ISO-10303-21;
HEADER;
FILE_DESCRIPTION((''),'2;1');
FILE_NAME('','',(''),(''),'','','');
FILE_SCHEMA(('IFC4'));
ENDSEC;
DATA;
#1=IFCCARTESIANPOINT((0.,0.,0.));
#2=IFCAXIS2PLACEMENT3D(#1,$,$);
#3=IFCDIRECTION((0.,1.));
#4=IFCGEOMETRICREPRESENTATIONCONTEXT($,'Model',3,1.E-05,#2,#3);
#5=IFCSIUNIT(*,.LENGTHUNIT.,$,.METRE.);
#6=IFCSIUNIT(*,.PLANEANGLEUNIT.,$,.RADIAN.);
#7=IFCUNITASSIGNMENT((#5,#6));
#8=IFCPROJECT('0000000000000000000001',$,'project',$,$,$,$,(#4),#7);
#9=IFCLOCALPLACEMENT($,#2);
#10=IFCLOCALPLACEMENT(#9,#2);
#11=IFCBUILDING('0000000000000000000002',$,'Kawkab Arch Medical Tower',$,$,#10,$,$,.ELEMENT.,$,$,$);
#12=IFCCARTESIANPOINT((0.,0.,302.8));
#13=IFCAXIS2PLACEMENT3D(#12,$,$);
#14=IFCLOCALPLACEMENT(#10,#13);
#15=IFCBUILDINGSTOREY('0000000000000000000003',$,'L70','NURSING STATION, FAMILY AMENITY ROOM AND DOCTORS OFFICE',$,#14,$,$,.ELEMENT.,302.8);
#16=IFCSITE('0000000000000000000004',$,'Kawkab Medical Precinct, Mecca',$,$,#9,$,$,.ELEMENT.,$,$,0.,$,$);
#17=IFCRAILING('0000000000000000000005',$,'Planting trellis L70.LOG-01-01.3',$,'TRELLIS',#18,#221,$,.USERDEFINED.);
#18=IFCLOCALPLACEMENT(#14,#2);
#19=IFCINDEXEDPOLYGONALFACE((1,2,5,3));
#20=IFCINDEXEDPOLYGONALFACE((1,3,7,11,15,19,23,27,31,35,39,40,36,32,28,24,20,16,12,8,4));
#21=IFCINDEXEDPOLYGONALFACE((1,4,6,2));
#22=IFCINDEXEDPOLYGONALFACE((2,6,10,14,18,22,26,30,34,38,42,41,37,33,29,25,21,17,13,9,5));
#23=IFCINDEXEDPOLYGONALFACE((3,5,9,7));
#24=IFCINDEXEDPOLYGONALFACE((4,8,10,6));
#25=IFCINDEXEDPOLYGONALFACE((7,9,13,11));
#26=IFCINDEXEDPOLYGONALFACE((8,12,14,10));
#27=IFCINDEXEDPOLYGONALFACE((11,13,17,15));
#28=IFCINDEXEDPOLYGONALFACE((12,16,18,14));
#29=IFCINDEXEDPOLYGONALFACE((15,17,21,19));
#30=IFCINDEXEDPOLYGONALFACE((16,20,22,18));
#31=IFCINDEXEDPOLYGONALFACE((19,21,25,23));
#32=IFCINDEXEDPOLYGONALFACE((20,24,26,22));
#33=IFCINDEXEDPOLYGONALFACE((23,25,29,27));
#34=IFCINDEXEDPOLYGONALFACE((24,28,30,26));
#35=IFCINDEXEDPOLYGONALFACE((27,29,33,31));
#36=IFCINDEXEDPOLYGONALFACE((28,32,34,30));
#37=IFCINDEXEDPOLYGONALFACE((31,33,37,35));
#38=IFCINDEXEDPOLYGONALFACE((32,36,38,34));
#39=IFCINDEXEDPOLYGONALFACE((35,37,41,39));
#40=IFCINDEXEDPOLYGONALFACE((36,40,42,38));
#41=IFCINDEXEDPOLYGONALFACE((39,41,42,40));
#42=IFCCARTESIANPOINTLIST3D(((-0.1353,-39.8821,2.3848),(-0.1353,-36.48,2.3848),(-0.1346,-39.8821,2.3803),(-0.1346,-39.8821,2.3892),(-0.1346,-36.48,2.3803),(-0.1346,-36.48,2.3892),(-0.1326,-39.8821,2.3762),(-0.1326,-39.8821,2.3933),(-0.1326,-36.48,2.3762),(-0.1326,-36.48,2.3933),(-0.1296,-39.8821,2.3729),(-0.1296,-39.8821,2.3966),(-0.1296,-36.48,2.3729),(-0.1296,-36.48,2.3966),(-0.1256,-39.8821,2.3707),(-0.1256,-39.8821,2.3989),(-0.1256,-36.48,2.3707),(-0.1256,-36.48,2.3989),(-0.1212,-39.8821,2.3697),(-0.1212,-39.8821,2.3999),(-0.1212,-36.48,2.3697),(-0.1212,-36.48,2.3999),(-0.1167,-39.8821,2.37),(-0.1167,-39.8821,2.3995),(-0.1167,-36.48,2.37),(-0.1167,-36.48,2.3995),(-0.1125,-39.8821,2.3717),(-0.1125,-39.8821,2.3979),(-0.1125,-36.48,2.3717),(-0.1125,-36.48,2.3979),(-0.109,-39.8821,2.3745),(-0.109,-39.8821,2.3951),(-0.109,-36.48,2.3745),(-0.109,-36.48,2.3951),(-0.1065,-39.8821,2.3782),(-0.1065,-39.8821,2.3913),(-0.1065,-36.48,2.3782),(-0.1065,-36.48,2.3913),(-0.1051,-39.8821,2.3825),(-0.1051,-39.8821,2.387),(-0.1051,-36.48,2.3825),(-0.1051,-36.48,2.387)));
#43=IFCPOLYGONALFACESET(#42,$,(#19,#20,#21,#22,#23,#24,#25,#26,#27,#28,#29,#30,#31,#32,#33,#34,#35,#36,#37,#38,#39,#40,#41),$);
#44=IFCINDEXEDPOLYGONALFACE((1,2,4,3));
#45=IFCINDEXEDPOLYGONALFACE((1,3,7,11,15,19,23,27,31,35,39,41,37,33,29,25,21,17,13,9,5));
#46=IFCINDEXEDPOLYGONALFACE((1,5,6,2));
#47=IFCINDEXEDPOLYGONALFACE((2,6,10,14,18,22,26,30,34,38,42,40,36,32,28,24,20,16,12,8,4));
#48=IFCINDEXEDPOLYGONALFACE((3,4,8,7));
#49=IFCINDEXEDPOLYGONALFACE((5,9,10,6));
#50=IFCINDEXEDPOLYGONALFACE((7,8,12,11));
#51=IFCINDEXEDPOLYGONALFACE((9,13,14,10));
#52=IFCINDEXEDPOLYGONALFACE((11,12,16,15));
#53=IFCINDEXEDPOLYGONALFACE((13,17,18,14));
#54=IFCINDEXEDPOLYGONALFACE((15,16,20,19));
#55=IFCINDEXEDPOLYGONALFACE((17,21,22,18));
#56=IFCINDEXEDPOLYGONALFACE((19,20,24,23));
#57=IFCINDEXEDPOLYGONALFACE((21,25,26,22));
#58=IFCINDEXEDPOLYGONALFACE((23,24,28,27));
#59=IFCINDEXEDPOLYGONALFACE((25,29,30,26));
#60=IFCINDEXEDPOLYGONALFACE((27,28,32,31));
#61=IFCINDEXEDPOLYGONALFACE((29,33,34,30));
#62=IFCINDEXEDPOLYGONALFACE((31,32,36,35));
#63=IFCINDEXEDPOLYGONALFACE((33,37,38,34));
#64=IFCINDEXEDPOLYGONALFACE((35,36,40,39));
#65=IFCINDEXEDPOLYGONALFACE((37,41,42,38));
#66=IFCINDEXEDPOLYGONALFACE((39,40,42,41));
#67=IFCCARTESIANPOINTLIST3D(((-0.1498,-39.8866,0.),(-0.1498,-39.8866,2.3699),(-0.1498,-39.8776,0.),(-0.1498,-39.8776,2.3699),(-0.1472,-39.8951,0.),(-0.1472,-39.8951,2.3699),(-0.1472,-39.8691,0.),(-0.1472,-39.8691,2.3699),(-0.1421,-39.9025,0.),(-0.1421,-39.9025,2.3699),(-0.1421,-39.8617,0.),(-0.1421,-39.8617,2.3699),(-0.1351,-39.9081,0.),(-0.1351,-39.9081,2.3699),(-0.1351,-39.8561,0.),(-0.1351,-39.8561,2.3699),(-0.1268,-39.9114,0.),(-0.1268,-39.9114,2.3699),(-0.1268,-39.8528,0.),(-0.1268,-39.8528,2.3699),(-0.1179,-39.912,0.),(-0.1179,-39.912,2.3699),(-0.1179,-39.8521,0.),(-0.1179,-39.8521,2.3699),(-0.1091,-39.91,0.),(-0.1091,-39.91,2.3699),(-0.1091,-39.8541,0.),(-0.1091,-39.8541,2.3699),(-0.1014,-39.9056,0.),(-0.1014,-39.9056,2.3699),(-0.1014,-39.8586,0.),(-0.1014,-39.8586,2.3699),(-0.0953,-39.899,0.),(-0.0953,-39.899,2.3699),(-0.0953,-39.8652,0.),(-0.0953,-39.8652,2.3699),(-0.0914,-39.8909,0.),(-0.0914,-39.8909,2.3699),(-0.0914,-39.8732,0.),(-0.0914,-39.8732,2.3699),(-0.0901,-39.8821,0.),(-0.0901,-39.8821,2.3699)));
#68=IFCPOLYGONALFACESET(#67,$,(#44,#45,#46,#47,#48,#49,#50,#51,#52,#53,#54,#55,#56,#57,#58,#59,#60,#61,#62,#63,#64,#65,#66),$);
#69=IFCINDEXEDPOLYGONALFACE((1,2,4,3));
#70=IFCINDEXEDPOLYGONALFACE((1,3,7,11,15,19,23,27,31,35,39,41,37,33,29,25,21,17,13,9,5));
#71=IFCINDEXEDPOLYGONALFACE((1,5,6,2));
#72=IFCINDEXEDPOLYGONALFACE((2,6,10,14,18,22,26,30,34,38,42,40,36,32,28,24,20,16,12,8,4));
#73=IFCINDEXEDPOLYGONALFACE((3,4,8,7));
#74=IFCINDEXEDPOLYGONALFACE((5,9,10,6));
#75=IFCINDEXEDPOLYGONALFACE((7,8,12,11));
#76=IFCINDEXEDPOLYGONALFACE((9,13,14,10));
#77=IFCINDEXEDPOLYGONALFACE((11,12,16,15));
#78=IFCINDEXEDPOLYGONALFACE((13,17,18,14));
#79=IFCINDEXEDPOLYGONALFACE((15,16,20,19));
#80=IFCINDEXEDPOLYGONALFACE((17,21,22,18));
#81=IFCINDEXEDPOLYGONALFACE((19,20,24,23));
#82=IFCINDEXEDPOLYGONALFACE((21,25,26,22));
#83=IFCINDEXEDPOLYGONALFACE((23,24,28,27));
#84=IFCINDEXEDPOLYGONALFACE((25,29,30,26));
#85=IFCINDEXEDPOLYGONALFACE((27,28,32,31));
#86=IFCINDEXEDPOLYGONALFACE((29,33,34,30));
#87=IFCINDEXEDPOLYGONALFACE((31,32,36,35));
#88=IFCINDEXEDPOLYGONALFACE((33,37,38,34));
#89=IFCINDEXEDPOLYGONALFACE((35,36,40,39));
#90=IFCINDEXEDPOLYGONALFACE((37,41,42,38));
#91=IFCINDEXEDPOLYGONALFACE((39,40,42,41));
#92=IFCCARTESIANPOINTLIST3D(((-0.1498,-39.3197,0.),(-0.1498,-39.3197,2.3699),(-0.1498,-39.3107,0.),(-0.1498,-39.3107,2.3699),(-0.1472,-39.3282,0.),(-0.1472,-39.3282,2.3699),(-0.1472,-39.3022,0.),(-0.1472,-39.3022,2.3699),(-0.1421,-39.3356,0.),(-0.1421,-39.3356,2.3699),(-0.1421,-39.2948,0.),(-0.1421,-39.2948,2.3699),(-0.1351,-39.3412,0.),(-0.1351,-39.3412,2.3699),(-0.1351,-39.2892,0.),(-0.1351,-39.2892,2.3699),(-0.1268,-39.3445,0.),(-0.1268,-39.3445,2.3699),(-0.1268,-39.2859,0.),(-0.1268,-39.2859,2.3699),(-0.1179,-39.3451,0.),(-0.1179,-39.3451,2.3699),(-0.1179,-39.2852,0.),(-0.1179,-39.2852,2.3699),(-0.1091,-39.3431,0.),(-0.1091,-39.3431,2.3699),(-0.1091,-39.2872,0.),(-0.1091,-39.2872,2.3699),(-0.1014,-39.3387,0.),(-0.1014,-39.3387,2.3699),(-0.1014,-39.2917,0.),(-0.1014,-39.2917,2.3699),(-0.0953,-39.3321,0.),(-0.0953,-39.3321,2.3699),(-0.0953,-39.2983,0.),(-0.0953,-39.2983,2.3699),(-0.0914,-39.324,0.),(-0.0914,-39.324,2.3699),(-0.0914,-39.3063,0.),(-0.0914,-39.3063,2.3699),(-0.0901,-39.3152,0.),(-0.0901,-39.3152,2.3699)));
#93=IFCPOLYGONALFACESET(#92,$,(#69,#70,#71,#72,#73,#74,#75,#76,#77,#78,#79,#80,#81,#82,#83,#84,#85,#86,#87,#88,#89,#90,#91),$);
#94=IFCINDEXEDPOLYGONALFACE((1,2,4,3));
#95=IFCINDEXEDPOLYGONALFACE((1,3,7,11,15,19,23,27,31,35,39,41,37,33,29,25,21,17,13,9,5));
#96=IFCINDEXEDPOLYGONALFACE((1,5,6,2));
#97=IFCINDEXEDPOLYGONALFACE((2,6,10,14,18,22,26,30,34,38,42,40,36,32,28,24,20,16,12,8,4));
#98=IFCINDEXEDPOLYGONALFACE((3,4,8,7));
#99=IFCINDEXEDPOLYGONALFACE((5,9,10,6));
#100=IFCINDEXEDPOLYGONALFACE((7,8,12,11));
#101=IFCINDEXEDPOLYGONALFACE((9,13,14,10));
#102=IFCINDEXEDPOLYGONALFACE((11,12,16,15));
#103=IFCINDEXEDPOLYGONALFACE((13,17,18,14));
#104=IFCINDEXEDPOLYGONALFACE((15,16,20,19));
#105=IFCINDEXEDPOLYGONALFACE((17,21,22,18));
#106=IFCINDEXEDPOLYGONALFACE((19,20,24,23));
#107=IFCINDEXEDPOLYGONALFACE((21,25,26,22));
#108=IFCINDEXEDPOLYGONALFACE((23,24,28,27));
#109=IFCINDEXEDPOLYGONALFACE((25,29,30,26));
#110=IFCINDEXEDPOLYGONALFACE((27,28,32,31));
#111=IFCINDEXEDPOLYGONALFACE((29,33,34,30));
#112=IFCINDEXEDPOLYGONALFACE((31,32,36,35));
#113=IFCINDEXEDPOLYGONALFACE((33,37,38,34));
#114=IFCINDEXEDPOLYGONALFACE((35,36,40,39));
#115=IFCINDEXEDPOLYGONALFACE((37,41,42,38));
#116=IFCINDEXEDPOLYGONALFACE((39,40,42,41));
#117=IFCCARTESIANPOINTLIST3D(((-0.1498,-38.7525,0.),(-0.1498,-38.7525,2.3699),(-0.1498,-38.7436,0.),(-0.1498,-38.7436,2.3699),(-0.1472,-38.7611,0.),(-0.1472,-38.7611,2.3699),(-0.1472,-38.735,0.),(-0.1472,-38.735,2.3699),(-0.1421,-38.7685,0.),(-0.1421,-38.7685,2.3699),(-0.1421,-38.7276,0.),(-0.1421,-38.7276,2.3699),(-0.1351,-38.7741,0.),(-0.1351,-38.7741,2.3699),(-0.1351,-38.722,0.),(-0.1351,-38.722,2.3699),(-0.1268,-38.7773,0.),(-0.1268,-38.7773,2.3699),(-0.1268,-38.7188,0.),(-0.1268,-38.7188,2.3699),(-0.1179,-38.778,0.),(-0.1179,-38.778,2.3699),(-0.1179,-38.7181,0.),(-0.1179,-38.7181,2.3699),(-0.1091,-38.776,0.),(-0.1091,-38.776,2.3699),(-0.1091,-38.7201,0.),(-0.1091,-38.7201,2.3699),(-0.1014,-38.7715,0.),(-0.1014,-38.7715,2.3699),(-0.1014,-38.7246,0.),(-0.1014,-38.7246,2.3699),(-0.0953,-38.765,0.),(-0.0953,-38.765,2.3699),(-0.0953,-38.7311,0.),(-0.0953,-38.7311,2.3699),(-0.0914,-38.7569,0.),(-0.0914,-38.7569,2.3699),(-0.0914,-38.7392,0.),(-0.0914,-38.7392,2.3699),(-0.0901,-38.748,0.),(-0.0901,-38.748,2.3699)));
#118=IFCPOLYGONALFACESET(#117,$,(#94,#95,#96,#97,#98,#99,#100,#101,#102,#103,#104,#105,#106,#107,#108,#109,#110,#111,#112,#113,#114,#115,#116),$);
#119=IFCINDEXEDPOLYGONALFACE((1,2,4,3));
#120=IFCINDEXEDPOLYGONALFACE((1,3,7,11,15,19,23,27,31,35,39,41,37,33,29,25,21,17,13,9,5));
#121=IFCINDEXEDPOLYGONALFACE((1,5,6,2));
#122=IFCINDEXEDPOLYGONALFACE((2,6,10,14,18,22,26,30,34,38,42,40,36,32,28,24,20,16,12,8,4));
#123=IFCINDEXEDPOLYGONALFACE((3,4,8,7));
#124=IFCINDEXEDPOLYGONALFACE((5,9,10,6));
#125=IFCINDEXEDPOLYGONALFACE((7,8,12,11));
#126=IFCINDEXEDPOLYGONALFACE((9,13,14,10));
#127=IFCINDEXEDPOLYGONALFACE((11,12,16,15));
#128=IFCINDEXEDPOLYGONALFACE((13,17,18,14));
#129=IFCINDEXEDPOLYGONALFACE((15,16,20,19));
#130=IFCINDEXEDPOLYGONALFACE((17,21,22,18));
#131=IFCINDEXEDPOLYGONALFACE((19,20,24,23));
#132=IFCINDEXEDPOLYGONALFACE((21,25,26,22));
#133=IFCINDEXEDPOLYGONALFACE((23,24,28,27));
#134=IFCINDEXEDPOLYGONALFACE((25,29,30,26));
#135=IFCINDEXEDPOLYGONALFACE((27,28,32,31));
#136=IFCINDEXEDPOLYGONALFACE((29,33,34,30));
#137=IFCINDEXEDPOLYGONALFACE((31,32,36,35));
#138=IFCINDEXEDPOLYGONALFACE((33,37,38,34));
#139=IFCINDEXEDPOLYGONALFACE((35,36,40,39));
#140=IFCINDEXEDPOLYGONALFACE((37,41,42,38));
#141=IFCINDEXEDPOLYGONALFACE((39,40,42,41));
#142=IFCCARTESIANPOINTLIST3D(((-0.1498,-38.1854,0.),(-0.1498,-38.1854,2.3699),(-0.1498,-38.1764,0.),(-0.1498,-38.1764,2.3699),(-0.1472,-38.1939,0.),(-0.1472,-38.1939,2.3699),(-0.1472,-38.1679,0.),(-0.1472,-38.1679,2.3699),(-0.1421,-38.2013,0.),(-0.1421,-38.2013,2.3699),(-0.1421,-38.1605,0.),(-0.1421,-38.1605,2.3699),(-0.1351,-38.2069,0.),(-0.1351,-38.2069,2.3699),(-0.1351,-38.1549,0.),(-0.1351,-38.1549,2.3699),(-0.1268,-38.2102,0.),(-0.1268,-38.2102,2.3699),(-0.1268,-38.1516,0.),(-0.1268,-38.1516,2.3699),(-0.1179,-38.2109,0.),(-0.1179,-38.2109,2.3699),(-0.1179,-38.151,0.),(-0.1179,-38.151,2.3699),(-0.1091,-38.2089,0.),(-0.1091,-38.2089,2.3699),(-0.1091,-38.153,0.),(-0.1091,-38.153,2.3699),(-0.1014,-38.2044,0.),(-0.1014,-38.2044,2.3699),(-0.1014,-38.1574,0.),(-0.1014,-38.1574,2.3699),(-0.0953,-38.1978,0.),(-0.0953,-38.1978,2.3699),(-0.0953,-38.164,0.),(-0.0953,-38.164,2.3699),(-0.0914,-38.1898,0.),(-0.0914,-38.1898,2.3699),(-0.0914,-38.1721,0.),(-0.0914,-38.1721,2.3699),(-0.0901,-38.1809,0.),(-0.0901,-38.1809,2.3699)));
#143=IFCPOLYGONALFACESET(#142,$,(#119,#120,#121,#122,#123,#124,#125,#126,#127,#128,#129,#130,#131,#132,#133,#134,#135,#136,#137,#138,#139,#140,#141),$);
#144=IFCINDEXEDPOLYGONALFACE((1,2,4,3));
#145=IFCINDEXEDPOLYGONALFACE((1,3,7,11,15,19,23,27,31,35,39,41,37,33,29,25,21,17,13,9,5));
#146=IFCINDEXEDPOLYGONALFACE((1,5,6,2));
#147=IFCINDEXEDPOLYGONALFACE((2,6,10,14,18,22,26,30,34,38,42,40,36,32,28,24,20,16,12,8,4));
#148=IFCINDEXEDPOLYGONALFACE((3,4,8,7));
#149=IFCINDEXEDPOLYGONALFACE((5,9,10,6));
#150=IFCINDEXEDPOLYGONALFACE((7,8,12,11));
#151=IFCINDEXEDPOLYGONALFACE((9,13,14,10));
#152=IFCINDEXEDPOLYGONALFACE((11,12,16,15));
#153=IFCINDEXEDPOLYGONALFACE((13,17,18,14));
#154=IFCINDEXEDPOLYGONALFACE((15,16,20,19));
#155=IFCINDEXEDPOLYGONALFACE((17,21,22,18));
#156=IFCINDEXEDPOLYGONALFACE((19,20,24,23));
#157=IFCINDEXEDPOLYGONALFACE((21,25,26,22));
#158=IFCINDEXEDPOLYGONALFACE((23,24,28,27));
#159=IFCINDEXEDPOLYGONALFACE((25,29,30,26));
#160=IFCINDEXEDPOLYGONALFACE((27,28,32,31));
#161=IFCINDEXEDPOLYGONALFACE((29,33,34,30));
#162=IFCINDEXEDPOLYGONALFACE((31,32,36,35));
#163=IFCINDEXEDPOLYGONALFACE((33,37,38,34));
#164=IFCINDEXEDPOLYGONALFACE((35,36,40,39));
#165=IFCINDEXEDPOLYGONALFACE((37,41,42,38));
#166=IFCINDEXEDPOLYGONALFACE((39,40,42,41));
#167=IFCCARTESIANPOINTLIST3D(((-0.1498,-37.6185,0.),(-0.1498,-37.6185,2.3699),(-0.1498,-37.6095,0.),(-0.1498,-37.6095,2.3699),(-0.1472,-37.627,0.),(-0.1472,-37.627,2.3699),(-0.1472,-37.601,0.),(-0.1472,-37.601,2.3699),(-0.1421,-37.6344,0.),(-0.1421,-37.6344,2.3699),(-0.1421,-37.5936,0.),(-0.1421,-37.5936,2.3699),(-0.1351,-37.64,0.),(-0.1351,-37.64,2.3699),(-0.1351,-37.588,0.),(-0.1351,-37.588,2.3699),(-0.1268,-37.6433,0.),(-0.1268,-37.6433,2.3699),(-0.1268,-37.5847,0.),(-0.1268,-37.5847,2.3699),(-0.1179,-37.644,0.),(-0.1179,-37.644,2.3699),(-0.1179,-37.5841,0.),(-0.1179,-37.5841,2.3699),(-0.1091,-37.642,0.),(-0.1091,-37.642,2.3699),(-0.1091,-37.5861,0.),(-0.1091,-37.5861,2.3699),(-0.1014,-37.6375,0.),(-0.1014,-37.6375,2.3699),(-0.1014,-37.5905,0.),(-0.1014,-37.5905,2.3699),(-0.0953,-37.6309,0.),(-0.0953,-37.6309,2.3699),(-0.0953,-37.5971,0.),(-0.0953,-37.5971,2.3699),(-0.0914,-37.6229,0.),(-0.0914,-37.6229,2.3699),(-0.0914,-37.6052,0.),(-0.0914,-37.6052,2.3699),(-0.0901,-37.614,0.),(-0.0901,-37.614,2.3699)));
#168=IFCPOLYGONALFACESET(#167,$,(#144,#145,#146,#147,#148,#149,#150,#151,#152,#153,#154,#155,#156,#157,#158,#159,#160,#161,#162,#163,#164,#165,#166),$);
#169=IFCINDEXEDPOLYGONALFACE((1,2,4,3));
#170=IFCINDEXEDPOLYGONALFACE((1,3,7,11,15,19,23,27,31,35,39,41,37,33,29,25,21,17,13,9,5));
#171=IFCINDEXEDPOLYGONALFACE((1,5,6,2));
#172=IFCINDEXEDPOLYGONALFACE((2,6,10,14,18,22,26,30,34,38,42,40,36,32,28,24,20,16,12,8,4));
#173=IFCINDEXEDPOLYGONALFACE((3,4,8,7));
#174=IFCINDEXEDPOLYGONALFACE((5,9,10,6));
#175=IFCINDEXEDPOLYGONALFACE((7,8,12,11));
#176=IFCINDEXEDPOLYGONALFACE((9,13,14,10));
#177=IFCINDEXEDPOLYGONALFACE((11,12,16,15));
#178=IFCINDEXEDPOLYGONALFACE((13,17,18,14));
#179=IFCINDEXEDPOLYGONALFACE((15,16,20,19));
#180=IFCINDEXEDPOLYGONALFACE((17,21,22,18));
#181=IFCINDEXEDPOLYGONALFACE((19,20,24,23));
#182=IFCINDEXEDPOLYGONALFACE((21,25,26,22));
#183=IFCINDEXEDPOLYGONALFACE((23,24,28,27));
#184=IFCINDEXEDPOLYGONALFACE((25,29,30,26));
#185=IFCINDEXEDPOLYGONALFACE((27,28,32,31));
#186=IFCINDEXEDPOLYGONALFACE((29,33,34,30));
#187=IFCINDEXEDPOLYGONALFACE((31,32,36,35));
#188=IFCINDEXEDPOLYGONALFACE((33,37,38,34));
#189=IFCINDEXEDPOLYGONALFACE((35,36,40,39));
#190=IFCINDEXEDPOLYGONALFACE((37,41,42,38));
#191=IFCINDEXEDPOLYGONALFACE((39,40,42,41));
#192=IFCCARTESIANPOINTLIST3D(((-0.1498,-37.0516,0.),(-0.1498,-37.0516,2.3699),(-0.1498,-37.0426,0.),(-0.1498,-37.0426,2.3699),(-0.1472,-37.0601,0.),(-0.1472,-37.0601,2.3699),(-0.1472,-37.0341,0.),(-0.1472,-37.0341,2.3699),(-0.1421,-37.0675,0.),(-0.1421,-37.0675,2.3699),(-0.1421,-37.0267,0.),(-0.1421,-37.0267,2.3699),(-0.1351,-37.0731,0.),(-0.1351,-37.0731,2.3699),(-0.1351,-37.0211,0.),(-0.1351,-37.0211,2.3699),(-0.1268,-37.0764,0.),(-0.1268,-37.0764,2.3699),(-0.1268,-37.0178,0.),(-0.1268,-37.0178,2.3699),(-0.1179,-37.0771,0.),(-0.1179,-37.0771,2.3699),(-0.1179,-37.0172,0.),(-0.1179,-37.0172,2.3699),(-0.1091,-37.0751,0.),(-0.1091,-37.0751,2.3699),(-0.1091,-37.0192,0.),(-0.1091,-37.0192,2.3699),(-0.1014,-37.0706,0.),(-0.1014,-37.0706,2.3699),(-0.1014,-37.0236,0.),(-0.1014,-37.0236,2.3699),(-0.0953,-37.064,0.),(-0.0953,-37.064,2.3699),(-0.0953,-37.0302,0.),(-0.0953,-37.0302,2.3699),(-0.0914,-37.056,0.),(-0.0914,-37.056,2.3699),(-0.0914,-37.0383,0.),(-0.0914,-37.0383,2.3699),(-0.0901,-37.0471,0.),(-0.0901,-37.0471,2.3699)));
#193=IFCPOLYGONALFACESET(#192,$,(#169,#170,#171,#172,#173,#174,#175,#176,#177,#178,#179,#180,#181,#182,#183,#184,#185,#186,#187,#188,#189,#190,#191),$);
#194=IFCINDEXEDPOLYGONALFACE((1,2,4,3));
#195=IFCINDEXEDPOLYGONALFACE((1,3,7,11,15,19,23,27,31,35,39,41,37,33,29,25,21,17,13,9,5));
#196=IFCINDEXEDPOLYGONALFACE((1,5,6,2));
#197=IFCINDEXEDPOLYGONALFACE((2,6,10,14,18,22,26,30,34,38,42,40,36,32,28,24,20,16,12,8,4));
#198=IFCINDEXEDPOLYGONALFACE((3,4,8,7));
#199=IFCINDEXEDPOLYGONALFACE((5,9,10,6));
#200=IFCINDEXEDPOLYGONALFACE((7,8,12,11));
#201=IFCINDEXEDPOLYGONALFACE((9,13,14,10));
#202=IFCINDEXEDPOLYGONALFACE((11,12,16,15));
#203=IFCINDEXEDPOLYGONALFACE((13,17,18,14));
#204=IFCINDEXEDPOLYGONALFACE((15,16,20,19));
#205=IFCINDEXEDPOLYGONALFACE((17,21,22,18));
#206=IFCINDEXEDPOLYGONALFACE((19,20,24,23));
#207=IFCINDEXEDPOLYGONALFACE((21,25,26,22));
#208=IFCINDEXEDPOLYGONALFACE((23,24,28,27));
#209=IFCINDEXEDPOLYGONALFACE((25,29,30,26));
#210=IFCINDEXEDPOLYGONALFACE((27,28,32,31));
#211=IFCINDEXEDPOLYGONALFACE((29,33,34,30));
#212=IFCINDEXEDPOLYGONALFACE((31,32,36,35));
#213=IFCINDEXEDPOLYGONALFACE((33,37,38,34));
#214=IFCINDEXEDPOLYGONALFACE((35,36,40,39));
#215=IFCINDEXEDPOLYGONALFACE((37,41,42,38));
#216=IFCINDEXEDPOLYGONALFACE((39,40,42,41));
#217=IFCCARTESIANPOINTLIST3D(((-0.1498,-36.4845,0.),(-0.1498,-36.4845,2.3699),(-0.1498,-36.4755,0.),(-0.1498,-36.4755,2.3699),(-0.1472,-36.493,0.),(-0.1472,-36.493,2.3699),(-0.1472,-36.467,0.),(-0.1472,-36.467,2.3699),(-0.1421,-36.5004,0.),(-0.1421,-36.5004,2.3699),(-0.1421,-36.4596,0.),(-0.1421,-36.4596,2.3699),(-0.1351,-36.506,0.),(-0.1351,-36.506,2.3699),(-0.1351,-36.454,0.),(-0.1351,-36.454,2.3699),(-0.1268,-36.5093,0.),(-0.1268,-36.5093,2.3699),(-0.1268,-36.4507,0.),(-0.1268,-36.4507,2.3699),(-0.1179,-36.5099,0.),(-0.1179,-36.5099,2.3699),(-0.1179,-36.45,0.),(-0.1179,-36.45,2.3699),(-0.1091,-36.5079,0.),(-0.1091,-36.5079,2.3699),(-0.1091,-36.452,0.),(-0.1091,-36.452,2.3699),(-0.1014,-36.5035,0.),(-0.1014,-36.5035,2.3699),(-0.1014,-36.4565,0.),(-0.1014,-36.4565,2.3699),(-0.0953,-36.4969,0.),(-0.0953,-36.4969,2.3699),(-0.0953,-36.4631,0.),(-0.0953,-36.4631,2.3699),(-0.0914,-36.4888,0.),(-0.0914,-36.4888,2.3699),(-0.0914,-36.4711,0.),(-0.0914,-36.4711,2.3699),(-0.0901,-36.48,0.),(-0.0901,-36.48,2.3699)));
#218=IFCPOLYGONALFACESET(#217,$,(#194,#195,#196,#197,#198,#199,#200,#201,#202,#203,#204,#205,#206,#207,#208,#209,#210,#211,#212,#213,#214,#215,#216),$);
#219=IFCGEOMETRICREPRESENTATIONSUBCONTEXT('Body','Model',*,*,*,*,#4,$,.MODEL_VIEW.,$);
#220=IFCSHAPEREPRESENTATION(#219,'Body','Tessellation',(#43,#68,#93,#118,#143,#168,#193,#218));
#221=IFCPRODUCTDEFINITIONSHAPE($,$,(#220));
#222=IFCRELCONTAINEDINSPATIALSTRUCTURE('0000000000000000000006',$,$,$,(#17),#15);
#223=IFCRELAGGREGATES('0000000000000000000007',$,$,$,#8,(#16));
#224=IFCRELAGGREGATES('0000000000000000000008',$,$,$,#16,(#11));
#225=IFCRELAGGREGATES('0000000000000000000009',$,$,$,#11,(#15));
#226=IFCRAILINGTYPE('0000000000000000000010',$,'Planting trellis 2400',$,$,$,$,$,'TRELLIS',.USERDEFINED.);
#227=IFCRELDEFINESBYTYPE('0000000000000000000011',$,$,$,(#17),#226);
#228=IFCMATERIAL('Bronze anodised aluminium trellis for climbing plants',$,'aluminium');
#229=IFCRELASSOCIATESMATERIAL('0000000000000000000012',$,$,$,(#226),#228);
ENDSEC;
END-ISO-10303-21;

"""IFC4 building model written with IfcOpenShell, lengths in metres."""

from ifc_helpers import new_model, si_unit, direction, frame, origin, origin_2d, place, context, subcontext, project, spatial, circle, extrude, material, type_object, element, save


model = new_model("IFC4")

# Units and contexts
model_context = context("Model", 3, precision=1e-05, world=origin(), true_north=direction((0.0, 1.0)))
body_context = subcontext(model_context, "Body", "Model", "MODEL_VIEW")
ifc_project = project(units=[si_unit("LENGTHUNIT", "METRE"), si_unit("PLANEANGLEUNIT", "RADIAN")], contexts=[model_context])

# Site, building, storey
site_placement = place(None, origin())
site = spatial("IfcSite", under=ifc_project, at=site_placement, Name="Kawkab Medical Precinct, Mecca", CompositionType="ELEMENT", RefElevation=0.0)
building_placement = place(site_placement, origin())
building = spatial("IfcBuilding", under=site, at=building_placement, Name="Kawkab Arch Medical Tower", CompositionType="ELEMENT")
storey_placement = place(building_placement, frame((0.0, 0.0, 302.8)))
storey = spatial("IfcBuildingStorey", under=building, at=storey_placement, Name="L70", Description="NURSING STATION, FAMILY AMENITY ROOM AND DOCTORS OFFICE", CompositionType="ELEMENT", Elevation=302.8)

# Railing
ifc_material_1 = material(Name="Bronze anodised aluminium trellis for climbing plants", Category="aluminium")
railing_type_1 = type_object("IfcRailingType", Name="Planting trellis 2400", ElementType="TRELLIS", PredefinedType="USERDEFINED", material=ifc_material_1)
railing_1_placement = place(storey_placement, frame((-0.1201, -39.8821, 0.0)))
element("IfcRailing", 1, at=railing_1_placement, inside=storey, type_object=railing_type_1, Name="Planting trellis L70.LOG-01-01.3", ObjectType="TRELLIS", PredefinedType="USERDEFINED", context=body_context, shape_type="SweptSolid", body=[
    extrude(circle(Radius=0.0151, at=origin_2d()), frame((0.0, 0.0, 2.3848), z_axis=(0.0, 1.0, 0.0), x_axis=(-1.0, 0.0, 0.0)), (0.0, 0.0, 1.0), 3.4021),
    extrude(circle(Radius=0.03, at=origin_2d()), origin(), (0.0, 0.0, 1.0), 2.3699),
    extrude(circle(Radius=0.03, at=origin_2d()), frame((0.0, 0.5669, 0.0)), (0.0, 0.0, 1.0), 2.3699),
    extrude(circle(Radius=0.03, at=origin_2d()), frame((0.0, 1.134, 0.0)), (0.0, 0.0, 1.0), 2.3699),
    extrude(circle(Radius=0.03, at=origin_2d()), frame((0.0, 1.7012, 0.0)), (0.0, 0.0, 1.0), 2.3699),
    extrude(circle(Radius=0.03, at=origin_2d()), frame((0.0, 2.2681, 0.0)), (0.0, 0.0, 1.0), 2.3699),
    extrude(circle(Radius=0.03, at=origin_2d()), frame((0.0, 2.835, 0.0)), (0.0, 0.0, 1.0), 2.3699),
    extrude(circle(Radius=0.03, at=origin_2d()), frame((0.0, 3.4021, 0.0)), (0.0, 0.0, 1.0), 2.3699),
])

save(model, "model.ifc")
